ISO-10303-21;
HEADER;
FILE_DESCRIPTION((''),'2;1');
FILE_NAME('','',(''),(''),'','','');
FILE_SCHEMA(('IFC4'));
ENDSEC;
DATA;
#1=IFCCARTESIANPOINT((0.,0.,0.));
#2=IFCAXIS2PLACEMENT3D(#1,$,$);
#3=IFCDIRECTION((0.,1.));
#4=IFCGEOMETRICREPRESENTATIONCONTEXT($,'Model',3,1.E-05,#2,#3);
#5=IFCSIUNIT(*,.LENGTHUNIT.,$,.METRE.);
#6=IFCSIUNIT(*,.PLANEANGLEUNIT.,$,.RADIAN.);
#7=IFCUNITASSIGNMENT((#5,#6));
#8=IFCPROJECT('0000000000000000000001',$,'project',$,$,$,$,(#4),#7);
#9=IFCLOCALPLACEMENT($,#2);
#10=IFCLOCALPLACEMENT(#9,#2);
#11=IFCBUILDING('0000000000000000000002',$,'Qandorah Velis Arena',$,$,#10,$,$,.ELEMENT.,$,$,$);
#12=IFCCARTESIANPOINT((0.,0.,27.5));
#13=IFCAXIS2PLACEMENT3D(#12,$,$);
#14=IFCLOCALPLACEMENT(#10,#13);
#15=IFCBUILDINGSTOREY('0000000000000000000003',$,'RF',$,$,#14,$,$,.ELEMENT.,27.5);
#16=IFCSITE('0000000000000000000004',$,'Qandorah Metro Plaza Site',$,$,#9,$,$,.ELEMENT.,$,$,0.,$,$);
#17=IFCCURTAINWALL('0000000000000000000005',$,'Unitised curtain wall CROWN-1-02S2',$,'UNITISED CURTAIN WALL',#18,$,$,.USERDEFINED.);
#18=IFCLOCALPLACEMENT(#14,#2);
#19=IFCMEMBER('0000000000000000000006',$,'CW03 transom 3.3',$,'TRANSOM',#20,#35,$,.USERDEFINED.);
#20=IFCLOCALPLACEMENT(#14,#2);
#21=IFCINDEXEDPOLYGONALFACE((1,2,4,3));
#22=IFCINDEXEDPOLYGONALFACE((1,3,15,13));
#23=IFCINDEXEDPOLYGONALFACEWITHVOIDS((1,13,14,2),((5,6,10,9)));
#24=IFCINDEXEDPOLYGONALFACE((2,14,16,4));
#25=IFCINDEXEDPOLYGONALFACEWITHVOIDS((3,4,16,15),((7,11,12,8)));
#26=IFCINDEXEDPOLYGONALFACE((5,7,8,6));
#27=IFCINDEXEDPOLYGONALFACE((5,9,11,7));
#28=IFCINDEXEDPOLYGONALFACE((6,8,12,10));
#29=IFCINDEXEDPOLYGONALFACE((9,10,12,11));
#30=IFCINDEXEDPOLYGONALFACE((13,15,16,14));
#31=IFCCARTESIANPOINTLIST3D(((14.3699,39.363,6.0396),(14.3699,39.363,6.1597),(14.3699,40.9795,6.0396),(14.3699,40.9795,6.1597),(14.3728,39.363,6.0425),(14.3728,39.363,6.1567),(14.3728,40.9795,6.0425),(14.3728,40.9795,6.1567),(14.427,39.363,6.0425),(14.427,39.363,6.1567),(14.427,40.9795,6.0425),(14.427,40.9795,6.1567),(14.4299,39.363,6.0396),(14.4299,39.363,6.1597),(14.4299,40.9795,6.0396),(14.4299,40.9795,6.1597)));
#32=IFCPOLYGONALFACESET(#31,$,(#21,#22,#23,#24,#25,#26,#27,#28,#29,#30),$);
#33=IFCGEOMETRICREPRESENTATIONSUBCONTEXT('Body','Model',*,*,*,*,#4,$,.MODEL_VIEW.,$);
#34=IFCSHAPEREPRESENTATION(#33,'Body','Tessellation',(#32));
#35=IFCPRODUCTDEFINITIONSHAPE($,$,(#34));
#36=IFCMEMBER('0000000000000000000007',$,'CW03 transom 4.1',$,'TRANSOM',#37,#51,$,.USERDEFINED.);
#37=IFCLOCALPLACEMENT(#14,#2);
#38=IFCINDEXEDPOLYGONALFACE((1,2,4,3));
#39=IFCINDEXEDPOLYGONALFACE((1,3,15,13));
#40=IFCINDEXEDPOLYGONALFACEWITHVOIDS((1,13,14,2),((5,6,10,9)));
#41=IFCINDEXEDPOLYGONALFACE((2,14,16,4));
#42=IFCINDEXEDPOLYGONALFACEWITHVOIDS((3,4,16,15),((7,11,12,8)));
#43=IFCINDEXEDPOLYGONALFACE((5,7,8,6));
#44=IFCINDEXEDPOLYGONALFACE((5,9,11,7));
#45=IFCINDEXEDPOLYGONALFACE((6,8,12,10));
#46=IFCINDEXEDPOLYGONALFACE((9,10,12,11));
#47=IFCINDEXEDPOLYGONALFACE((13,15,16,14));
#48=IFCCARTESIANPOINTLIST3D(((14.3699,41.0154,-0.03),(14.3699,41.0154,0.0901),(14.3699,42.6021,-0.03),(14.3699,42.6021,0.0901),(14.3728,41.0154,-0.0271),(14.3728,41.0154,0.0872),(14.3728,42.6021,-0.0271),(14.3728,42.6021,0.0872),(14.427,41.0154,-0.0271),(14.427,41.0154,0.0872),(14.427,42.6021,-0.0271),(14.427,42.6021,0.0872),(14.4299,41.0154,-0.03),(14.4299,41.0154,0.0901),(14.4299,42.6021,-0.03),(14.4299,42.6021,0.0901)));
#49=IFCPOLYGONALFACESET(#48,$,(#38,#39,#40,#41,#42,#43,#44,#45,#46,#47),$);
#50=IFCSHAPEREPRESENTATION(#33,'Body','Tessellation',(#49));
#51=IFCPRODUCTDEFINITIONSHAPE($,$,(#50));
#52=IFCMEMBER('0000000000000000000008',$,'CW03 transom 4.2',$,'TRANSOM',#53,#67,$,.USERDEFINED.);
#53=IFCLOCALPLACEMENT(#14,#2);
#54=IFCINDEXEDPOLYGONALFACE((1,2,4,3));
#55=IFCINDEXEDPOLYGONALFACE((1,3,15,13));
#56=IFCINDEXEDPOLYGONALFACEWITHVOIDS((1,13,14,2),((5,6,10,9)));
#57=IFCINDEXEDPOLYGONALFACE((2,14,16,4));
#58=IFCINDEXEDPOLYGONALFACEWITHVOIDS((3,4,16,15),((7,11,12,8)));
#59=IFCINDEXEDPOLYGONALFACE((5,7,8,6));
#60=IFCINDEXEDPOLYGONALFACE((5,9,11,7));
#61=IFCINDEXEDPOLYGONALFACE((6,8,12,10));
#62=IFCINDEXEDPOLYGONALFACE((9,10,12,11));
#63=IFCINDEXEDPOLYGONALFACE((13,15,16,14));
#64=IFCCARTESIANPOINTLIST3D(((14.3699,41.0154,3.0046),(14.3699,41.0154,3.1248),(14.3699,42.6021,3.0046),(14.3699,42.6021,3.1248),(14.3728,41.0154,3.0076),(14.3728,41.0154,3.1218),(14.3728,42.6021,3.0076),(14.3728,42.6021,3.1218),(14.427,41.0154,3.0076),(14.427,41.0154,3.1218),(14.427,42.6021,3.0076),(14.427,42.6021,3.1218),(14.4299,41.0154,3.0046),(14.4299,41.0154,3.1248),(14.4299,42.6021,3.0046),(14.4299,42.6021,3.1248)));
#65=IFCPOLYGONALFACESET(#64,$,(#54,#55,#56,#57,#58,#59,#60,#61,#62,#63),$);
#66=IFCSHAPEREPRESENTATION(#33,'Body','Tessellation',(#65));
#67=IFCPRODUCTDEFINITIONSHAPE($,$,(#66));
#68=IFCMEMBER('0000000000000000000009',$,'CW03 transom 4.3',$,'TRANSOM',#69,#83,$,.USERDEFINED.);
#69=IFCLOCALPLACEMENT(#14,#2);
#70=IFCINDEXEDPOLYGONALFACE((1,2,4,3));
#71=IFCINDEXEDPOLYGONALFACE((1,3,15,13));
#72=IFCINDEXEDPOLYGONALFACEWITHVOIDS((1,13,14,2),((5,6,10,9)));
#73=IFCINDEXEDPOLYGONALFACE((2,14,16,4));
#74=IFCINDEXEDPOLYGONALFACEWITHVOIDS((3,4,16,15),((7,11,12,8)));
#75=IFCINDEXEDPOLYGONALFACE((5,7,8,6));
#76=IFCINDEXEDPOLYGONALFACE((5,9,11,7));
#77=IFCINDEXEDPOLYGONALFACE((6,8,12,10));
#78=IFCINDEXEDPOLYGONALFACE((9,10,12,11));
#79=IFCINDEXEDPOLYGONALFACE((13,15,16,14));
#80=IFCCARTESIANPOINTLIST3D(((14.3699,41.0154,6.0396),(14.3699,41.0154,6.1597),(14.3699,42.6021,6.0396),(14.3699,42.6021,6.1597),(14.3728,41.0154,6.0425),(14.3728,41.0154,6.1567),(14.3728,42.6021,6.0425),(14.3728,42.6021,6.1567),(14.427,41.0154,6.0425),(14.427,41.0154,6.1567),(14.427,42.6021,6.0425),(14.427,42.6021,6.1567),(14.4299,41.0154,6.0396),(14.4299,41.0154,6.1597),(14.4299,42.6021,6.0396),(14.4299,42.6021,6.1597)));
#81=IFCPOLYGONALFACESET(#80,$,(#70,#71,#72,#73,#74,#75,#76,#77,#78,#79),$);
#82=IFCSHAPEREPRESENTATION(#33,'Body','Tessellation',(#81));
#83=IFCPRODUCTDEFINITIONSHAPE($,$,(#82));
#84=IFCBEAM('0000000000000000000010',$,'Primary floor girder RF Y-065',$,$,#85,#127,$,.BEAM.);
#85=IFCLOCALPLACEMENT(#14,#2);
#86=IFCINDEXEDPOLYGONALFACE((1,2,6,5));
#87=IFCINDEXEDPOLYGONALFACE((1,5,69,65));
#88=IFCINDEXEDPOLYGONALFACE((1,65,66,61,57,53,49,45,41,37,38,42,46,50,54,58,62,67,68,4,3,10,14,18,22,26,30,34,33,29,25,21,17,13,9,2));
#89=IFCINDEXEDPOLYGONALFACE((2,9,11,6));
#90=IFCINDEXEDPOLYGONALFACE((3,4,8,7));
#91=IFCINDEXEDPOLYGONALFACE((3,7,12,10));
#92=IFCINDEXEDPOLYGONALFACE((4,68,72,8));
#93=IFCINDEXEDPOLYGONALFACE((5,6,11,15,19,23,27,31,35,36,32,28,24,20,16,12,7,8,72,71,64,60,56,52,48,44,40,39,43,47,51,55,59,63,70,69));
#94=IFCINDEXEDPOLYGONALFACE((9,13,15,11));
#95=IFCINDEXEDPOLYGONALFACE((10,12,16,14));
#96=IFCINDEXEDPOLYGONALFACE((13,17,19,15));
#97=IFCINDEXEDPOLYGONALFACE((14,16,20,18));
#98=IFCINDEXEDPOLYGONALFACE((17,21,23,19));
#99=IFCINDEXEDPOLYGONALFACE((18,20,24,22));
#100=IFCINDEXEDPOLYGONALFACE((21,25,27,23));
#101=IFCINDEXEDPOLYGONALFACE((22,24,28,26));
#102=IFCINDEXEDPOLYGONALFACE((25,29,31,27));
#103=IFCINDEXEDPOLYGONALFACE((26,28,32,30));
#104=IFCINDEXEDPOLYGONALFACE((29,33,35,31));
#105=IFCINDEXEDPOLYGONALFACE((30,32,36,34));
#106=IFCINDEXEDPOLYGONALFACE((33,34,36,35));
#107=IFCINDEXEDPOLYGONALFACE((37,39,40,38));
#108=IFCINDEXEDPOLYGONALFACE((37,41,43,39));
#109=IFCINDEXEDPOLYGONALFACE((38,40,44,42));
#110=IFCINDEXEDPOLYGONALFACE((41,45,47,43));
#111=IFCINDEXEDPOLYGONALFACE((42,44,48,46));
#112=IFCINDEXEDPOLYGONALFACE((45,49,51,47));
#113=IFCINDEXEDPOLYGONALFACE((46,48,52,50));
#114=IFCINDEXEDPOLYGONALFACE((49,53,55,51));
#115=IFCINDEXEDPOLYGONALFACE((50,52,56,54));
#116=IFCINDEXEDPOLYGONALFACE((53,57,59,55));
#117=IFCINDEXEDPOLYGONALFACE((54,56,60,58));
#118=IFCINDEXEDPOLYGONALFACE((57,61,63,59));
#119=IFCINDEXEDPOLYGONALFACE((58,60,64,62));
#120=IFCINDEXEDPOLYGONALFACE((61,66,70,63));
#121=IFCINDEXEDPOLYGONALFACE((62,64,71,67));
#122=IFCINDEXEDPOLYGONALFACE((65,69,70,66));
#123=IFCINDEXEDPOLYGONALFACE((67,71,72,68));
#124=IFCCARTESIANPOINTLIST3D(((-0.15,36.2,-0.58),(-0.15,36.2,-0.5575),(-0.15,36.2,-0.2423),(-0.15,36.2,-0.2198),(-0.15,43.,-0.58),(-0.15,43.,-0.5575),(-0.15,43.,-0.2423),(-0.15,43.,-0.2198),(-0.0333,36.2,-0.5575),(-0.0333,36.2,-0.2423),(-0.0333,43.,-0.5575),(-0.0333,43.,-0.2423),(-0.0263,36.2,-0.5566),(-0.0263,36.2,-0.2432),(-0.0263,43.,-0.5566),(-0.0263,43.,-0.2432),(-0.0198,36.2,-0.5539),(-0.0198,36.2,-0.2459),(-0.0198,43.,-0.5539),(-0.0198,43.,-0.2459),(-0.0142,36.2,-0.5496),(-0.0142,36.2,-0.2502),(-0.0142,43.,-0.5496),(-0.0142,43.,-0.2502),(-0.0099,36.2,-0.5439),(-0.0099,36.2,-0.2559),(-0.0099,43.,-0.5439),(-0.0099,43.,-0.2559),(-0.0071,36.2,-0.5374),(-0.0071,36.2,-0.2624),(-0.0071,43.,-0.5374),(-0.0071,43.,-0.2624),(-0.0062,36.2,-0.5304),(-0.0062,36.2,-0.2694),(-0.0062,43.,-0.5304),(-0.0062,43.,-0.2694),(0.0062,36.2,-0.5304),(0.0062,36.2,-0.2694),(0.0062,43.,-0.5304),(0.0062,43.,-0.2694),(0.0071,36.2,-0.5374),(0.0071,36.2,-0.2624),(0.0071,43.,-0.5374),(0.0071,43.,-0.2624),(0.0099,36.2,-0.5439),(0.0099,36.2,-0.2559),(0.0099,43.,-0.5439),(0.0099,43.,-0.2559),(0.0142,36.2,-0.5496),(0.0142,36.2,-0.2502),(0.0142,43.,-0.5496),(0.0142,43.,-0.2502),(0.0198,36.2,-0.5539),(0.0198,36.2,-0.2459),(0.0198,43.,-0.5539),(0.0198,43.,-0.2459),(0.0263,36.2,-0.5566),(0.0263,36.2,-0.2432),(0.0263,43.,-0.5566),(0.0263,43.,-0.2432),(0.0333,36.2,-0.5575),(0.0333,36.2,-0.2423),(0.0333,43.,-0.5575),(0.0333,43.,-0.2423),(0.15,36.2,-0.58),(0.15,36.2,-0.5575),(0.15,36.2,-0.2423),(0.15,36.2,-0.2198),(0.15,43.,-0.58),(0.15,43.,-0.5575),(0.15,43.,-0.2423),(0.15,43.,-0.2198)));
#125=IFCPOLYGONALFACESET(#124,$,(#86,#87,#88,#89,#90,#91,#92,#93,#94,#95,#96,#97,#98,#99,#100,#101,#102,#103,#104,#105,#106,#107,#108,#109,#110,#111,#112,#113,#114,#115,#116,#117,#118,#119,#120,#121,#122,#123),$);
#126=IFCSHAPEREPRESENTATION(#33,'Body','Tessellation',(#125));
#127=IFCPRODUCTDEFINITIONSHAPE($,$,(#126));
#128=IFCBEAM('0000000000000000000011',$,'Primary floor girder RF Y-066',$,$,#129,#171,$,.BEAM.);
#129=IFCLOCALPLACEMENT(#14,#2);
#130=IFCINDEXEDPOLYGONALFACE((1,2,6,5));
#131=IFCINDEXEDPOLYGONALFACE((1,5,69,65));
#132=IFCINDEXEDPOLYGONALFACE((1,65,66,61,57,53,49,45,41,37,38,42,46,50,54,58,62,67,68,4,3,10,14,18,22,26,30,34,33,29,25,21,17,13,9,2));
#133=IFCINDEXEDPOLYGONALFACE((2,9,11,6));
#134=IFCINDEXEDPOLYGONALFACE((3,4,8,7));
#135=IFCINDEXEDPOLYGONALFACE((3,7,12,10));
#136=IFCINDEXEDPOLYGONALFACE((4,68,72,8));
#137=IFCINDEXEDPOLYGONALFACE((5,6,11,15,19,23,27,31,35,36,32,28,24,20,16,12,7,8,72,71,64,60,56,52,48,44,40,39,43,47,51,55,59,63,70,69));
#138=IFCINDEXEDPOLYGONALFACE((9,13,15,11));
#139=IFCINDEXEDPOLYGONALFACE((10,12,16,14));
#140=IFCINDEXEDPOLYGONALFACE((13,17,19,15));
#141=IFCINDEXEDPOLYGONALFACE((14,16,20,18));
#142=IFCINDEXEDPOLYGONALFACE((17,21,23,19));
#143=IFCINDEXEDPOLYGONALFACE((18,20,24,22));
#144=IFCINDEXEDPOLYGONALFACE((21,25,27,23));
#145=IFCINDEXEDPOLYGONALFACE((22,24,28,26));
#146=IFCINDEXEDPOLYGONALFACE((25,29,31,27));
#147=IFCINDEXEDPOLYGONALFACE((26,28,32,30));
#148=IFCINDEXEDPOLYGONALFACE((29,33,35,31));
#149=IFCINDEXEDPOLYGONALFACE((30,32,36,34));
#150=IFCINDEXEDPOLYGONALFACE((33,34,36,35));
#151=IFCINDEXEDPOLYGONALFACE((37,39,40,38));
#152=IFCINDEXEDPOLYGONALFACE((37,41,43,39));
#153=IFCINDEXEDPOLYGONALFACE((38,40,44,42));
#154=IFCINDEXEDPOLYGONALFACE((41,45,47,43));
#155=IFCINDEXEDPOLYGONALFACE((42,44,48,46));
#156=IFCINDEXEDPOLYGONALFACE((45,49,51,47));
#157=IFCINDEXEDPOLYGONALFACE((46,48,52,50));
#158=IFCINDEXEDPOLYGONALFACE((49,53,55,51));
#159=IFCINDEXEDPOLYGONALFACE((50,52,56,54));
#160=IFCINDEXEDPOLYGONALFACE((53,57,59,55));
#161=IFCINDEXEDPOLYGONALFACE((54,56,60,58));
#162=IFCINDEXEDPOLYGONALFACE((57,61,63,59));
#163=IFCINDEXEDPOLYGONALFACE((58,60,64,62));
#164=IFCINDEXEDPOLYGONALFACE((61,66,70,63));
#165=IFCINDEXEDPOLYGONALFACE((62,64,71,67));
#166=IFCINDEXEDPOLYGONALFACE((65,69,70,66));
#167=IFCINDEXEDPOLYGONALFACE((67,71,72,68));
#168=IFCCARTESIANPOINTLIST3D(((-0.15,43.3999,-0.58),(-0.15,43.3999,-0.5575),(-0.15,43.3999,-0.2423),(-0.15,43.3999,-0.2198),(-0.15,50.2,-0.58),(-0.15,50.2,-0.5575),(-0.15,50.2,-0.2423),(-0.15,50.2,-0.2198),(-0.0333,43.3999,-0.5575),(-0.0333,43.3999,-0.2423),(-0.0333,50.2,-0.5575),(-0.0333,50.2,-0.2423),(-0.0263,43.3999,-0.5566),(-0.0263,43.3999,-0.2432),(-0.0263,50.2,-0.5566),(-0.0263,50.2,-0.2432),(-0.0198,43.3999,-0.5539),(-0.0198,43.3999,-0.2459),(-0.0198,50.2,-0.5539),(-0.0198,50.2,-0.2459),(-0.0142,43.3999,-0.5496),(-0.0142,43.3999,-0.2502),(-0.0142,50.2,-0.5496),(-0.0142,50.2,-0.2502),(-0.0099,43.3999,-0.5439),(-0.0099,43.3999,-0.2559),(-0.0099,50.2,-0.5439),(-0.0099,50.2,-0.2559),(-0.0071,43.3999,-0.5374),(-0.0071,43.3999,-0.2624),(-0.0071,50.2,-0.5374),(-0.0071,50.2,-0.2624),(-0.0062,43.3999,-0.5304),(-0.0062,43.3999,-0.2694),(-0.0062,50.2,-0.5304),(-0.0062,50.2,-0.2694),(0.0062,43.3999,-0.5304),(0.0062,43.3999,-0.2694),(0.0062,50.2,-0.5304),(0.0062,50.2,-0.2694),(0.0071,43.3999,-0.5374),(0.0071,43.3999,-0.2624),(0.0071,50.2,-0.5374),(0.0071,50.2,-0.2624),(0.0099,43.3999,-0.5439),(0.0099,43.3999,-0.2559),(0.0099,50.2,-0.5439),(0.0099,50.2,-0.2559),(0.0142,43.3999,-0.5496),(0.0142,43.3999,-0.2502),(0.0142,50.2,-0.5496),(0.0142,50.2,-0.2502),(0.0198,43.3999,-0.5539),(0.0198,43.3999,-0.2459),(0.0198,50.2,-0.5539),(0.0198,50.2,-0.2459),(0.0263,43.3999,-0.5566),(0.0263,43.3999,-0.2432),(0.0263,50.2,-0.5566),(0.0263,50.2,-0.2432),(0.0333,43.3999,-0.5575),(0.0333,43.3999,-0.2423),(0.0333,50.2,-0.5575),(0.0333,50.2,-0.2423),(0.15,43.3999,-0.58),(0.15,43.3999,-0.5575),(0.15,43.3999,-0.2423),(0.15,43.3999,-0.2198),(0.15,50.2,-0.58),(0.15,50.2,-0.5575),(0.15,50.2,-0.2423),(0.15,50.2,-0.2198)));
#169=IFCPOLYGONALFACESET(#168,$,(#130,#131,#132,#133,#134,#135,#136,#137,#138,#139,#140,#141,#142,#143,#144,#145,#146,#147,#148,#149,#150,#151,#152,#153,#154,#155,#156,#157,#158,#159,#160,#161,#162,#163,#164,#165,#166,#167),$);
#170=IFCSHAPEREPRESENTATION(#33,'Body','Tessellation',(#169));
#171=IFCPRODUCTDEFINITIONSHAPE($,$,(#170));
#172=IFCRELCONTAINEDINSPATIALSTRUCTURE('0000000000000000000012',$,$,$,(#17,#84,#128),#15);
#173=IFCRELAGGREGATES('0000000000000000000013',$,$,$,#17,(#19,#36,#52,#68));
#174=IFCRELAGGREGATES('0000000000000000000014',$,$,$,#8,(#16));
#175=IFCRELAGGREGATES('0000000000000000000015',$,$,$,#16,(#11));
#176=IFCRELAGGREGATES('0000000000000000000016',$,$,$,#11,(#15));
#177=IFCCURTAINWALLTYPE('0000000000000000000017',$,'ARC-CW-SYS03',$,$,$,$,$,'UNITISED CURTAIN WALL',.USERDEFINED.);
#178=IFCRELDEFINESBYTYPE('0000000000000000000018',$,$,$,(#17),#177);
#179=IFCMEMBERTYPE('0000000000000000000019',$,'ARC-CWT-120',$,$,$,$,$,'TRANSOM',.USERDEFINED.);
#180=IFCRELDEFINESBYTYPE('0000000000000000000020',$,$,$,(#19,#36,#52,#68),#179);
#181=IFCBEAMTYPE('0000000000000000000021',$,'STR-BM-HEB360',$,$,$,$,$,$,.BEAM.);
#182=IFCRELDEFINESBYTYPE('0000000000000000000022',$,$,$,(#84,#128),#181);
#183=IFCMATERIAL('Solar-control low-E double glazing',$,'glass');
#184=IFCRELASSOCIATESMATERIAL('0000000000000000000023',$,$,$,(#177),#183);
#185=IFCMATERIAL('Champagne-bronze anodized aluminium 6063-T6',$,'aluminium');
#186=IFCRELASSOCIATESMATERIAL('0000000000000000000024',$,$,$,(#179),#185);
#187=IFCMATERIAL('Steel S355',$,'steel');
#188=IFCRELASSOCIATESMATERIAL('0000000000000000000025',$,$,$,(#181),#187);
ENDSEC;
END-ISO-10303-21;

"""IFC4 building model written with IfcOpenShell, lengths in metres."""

from ifc_helpers import new_model, si_unit, direction, frame, origin, origin_2d, place, context, subcontext, project, spatial, hollow_rectangle, i_section, extrude, material, material_profile, profile_set, type_object, element, aggregate, save


model = new_model("IFC4")

# Units and contexts
model_context = context("Model", 3, precision=1e-05, world=origin(), true_north=direction((0.0, 1.0)))
body_context = subcontext(model_context, "Body", "Model", "MODEL_VIEW")
ifc_project = project(units=[si_unit("LENGTHUNIT", "METRE"), si_unit("PLANEANGLEUNIT", "RADIAN")], contexts=[model_context])

# Site, building, storey
site_placement = place(None, origin())
site = spatial("IfcSite", under=ifc_project, at=site_placement, Name="Qandorah Metro Plaza Site", CompositionType="ELEMENT", RefElevation=0.0)
building_placement = place(site_placement, origin())
building = spatial("IfcBuilding", under=site, at=building_placement, Name="Qandorah Velis Arena", CompositionType="ELEMENT")
storey_placement = place(building_placement, frame((0.0, 0.0, 27.5)))
storey = spatial("IfcBuildingStorey", under=building, at=storey_placement, Name="RF", CompositionType="ELEMENT", Elevation=27.5)

# Curtain wall, members
ifc_material_1 = material(Name="Solar-control low-E double glazing", Category="glass")
curtain_wall_type = type_object("IfcCurtainWallType", Name="ARC-CW-SYS03", ElementType="UNITISED CURTAIN WALL", PredefinedType="USERDEFINED", material=ifc_material_1)
curtain_wall_placement = place(storey_placement, origin())
curtain_wall = element("IfcCurtainWall", 1, at=curtain_wall_placement, inside=storey, type_object=curtain_wall_type, Name="Unitised curtain wall CROWN-1-02S2", ObjectType="UNITISED CURTAIN WALL", PredefinedType="USERDEFINED")
ifc_material_2 = material(Name="Champagne-bronze anodized aluminium 6063-T6", Category="aluminium")
ifc_material_profile_1 = material_profile(ifc_material_2, hollow_rectangle(XDim=0.0601, YDim=0.1201, WallThickness=0.0029, at=origin_2d()), Name="ALU TRANSOM 60x120")
ifc_profile_set_1 = profile_set([ifc_material_profile_1], Name="Champagne-bronze anodized aluminium 6063-T6")
member_type_1 = type_object("IfcMemberType", Name="ARC-CWT-120", ElementType="TRANSOM", PredefinedType="USERDEFINED", material=ifc_profile_set_1)
member_1_placement = place(storey_placement, frame((14.3999, 39.363, 6.0996), z_axis=(0.0, 1.0, 0.0), x_axis=(-1.0, 0.0, 0.0)))
member_1 = element("IfcMember", 2, at=member_1_placement, type_object=member_type_1, Name="CW03 transom 3.3", ObjectType="TRANSOM", PredefinedType="USERDEFINED", context=body_context, shape_type="SweptSolid", body=[
    extrude(hollow_rectangle(XDim=0.0601, YDim=0.1201, WallThickness=0.0029, at=origin_2d()), origin(), (0.0, 0.0, 1.0), 1.6165),
])
member_2_placement = place(storey_placement, frame((14.3999, 41.0154, 0.03), z_axis=(0.0, 1.0, 0.0), x_axis=(-1.0, 0.0, 0.0)))
member_2 = element("IfcMember", 3, at=member_2_placement, type_object=member_type_1, Name="CW03 transom 4.1", ObjectType="TRANSOM", PredefinedType="USERDEFINED", context=body_context, shape_type="SweptSolid", body=[
    extrude(hollow_rectangle(XDim=0.0601, YDim=0.1201, WallThickness=0.0029, at=origin_2d()), origin(), (0.0, 0.0, 1.0), 1.5867),
])
member_3_placement = place(storey_placement, frame((14.3999, 41.0154, 3.0647), z_axis=(0.0, 1.0, 0.0), x_axis=(-1.0, 0.0, 0.0)))
member_3 = element("IfcMember", 4, at=member_3_placement, type_object=member_type_1, Name="CW03 transom 4.2", ObjectType="TRANSOM", PredefinedType="USERDEFINED", context=body_context, shape_type="SweptSolid", body=[
    extrude(hollow_rectangle(XDim=0.0601, YDim=0.1201, WallThickness=0.0029, at=origin_2d()), origin(), (0.0, 0.0, 1.0), 1.5867),
])
member_4_placement = place(storey_placement, frame((14.3999, 41.0154, 6.0996), z_axis=(0.0, 1.0, 0.0), x_axis=(-1.0, 0.0, 0.0)))
member_4 = element("IfcMember", 5, at=member_4_placement, type_object=member_type_1, Name="CW03 transom 4.3", ObjectType="TRANSOM", PredefinedType="USERDEFINED", context=body_context, shape_type="SweptSolid", body=[
    extrude(hollow_rectangle(XDim=0.0601, YDim=0.1201, WallThickness=0.0029, at=origin_2d()), origin(), (0.0, 0.0, 1.0), 1.5867),
])

# Beams
ifc_material_3 = material(Name="Steel S355", Category="steel")
ifc_material_profile_2 = material_profile(ifc_material_3, i_section(OverallWidth=0.3, OverallDepth=0.3601, WebThickness=0.0125, FlangeThickness=0.0225, FilletRadius=0.0271, at=origin_2d()), Name="HEB 360")
ifc_profile_set_2 = profile_set([ifc_material_profile_2], Name="Steel S355")
beam_type_1 = type_object("IfcBeamType", Name="STR-BM-HEB360", PredefinedType="BEAM", material=ifc_profile_set_2)
for number, where, z_axis, x_axis, name in (
    (6, (0.0, 36.2, -0.3999), (0.0, 1.0, 0.0), (-1.0, 0.0, 0.0), "Primary floor girder RF Y-065"),
    (7, (0.0, 43.3999, -0.3999), (0.0, 1.0, 0.0), (-1.0, 0.0, 0.0), "Primary floor girder RF Y-066"),
):
    element("IfcBeam", number, at=place(storey_placement, frame(where, z_axis=z_axis, x_axis=x_axis)), inside=storey, type_object=beam_type_1, Name=name, PredefinedType="BEAM", context=body_context, shape_type="SweptSolid", body=[
        extrude(i_section(OverallWidth=0.3, OverallDepth=0.3601, WebThickness=0.0125, FlangeThickness=0.0225, FilletRadius=0.0271, at=origin_2d()), origin(), (0.0, 0.0, 1.0), 6.8),
    ])

aggregate(curtain_wall, [member_1, member_2, member_3, member_4])

save(model, "model.ifc")
